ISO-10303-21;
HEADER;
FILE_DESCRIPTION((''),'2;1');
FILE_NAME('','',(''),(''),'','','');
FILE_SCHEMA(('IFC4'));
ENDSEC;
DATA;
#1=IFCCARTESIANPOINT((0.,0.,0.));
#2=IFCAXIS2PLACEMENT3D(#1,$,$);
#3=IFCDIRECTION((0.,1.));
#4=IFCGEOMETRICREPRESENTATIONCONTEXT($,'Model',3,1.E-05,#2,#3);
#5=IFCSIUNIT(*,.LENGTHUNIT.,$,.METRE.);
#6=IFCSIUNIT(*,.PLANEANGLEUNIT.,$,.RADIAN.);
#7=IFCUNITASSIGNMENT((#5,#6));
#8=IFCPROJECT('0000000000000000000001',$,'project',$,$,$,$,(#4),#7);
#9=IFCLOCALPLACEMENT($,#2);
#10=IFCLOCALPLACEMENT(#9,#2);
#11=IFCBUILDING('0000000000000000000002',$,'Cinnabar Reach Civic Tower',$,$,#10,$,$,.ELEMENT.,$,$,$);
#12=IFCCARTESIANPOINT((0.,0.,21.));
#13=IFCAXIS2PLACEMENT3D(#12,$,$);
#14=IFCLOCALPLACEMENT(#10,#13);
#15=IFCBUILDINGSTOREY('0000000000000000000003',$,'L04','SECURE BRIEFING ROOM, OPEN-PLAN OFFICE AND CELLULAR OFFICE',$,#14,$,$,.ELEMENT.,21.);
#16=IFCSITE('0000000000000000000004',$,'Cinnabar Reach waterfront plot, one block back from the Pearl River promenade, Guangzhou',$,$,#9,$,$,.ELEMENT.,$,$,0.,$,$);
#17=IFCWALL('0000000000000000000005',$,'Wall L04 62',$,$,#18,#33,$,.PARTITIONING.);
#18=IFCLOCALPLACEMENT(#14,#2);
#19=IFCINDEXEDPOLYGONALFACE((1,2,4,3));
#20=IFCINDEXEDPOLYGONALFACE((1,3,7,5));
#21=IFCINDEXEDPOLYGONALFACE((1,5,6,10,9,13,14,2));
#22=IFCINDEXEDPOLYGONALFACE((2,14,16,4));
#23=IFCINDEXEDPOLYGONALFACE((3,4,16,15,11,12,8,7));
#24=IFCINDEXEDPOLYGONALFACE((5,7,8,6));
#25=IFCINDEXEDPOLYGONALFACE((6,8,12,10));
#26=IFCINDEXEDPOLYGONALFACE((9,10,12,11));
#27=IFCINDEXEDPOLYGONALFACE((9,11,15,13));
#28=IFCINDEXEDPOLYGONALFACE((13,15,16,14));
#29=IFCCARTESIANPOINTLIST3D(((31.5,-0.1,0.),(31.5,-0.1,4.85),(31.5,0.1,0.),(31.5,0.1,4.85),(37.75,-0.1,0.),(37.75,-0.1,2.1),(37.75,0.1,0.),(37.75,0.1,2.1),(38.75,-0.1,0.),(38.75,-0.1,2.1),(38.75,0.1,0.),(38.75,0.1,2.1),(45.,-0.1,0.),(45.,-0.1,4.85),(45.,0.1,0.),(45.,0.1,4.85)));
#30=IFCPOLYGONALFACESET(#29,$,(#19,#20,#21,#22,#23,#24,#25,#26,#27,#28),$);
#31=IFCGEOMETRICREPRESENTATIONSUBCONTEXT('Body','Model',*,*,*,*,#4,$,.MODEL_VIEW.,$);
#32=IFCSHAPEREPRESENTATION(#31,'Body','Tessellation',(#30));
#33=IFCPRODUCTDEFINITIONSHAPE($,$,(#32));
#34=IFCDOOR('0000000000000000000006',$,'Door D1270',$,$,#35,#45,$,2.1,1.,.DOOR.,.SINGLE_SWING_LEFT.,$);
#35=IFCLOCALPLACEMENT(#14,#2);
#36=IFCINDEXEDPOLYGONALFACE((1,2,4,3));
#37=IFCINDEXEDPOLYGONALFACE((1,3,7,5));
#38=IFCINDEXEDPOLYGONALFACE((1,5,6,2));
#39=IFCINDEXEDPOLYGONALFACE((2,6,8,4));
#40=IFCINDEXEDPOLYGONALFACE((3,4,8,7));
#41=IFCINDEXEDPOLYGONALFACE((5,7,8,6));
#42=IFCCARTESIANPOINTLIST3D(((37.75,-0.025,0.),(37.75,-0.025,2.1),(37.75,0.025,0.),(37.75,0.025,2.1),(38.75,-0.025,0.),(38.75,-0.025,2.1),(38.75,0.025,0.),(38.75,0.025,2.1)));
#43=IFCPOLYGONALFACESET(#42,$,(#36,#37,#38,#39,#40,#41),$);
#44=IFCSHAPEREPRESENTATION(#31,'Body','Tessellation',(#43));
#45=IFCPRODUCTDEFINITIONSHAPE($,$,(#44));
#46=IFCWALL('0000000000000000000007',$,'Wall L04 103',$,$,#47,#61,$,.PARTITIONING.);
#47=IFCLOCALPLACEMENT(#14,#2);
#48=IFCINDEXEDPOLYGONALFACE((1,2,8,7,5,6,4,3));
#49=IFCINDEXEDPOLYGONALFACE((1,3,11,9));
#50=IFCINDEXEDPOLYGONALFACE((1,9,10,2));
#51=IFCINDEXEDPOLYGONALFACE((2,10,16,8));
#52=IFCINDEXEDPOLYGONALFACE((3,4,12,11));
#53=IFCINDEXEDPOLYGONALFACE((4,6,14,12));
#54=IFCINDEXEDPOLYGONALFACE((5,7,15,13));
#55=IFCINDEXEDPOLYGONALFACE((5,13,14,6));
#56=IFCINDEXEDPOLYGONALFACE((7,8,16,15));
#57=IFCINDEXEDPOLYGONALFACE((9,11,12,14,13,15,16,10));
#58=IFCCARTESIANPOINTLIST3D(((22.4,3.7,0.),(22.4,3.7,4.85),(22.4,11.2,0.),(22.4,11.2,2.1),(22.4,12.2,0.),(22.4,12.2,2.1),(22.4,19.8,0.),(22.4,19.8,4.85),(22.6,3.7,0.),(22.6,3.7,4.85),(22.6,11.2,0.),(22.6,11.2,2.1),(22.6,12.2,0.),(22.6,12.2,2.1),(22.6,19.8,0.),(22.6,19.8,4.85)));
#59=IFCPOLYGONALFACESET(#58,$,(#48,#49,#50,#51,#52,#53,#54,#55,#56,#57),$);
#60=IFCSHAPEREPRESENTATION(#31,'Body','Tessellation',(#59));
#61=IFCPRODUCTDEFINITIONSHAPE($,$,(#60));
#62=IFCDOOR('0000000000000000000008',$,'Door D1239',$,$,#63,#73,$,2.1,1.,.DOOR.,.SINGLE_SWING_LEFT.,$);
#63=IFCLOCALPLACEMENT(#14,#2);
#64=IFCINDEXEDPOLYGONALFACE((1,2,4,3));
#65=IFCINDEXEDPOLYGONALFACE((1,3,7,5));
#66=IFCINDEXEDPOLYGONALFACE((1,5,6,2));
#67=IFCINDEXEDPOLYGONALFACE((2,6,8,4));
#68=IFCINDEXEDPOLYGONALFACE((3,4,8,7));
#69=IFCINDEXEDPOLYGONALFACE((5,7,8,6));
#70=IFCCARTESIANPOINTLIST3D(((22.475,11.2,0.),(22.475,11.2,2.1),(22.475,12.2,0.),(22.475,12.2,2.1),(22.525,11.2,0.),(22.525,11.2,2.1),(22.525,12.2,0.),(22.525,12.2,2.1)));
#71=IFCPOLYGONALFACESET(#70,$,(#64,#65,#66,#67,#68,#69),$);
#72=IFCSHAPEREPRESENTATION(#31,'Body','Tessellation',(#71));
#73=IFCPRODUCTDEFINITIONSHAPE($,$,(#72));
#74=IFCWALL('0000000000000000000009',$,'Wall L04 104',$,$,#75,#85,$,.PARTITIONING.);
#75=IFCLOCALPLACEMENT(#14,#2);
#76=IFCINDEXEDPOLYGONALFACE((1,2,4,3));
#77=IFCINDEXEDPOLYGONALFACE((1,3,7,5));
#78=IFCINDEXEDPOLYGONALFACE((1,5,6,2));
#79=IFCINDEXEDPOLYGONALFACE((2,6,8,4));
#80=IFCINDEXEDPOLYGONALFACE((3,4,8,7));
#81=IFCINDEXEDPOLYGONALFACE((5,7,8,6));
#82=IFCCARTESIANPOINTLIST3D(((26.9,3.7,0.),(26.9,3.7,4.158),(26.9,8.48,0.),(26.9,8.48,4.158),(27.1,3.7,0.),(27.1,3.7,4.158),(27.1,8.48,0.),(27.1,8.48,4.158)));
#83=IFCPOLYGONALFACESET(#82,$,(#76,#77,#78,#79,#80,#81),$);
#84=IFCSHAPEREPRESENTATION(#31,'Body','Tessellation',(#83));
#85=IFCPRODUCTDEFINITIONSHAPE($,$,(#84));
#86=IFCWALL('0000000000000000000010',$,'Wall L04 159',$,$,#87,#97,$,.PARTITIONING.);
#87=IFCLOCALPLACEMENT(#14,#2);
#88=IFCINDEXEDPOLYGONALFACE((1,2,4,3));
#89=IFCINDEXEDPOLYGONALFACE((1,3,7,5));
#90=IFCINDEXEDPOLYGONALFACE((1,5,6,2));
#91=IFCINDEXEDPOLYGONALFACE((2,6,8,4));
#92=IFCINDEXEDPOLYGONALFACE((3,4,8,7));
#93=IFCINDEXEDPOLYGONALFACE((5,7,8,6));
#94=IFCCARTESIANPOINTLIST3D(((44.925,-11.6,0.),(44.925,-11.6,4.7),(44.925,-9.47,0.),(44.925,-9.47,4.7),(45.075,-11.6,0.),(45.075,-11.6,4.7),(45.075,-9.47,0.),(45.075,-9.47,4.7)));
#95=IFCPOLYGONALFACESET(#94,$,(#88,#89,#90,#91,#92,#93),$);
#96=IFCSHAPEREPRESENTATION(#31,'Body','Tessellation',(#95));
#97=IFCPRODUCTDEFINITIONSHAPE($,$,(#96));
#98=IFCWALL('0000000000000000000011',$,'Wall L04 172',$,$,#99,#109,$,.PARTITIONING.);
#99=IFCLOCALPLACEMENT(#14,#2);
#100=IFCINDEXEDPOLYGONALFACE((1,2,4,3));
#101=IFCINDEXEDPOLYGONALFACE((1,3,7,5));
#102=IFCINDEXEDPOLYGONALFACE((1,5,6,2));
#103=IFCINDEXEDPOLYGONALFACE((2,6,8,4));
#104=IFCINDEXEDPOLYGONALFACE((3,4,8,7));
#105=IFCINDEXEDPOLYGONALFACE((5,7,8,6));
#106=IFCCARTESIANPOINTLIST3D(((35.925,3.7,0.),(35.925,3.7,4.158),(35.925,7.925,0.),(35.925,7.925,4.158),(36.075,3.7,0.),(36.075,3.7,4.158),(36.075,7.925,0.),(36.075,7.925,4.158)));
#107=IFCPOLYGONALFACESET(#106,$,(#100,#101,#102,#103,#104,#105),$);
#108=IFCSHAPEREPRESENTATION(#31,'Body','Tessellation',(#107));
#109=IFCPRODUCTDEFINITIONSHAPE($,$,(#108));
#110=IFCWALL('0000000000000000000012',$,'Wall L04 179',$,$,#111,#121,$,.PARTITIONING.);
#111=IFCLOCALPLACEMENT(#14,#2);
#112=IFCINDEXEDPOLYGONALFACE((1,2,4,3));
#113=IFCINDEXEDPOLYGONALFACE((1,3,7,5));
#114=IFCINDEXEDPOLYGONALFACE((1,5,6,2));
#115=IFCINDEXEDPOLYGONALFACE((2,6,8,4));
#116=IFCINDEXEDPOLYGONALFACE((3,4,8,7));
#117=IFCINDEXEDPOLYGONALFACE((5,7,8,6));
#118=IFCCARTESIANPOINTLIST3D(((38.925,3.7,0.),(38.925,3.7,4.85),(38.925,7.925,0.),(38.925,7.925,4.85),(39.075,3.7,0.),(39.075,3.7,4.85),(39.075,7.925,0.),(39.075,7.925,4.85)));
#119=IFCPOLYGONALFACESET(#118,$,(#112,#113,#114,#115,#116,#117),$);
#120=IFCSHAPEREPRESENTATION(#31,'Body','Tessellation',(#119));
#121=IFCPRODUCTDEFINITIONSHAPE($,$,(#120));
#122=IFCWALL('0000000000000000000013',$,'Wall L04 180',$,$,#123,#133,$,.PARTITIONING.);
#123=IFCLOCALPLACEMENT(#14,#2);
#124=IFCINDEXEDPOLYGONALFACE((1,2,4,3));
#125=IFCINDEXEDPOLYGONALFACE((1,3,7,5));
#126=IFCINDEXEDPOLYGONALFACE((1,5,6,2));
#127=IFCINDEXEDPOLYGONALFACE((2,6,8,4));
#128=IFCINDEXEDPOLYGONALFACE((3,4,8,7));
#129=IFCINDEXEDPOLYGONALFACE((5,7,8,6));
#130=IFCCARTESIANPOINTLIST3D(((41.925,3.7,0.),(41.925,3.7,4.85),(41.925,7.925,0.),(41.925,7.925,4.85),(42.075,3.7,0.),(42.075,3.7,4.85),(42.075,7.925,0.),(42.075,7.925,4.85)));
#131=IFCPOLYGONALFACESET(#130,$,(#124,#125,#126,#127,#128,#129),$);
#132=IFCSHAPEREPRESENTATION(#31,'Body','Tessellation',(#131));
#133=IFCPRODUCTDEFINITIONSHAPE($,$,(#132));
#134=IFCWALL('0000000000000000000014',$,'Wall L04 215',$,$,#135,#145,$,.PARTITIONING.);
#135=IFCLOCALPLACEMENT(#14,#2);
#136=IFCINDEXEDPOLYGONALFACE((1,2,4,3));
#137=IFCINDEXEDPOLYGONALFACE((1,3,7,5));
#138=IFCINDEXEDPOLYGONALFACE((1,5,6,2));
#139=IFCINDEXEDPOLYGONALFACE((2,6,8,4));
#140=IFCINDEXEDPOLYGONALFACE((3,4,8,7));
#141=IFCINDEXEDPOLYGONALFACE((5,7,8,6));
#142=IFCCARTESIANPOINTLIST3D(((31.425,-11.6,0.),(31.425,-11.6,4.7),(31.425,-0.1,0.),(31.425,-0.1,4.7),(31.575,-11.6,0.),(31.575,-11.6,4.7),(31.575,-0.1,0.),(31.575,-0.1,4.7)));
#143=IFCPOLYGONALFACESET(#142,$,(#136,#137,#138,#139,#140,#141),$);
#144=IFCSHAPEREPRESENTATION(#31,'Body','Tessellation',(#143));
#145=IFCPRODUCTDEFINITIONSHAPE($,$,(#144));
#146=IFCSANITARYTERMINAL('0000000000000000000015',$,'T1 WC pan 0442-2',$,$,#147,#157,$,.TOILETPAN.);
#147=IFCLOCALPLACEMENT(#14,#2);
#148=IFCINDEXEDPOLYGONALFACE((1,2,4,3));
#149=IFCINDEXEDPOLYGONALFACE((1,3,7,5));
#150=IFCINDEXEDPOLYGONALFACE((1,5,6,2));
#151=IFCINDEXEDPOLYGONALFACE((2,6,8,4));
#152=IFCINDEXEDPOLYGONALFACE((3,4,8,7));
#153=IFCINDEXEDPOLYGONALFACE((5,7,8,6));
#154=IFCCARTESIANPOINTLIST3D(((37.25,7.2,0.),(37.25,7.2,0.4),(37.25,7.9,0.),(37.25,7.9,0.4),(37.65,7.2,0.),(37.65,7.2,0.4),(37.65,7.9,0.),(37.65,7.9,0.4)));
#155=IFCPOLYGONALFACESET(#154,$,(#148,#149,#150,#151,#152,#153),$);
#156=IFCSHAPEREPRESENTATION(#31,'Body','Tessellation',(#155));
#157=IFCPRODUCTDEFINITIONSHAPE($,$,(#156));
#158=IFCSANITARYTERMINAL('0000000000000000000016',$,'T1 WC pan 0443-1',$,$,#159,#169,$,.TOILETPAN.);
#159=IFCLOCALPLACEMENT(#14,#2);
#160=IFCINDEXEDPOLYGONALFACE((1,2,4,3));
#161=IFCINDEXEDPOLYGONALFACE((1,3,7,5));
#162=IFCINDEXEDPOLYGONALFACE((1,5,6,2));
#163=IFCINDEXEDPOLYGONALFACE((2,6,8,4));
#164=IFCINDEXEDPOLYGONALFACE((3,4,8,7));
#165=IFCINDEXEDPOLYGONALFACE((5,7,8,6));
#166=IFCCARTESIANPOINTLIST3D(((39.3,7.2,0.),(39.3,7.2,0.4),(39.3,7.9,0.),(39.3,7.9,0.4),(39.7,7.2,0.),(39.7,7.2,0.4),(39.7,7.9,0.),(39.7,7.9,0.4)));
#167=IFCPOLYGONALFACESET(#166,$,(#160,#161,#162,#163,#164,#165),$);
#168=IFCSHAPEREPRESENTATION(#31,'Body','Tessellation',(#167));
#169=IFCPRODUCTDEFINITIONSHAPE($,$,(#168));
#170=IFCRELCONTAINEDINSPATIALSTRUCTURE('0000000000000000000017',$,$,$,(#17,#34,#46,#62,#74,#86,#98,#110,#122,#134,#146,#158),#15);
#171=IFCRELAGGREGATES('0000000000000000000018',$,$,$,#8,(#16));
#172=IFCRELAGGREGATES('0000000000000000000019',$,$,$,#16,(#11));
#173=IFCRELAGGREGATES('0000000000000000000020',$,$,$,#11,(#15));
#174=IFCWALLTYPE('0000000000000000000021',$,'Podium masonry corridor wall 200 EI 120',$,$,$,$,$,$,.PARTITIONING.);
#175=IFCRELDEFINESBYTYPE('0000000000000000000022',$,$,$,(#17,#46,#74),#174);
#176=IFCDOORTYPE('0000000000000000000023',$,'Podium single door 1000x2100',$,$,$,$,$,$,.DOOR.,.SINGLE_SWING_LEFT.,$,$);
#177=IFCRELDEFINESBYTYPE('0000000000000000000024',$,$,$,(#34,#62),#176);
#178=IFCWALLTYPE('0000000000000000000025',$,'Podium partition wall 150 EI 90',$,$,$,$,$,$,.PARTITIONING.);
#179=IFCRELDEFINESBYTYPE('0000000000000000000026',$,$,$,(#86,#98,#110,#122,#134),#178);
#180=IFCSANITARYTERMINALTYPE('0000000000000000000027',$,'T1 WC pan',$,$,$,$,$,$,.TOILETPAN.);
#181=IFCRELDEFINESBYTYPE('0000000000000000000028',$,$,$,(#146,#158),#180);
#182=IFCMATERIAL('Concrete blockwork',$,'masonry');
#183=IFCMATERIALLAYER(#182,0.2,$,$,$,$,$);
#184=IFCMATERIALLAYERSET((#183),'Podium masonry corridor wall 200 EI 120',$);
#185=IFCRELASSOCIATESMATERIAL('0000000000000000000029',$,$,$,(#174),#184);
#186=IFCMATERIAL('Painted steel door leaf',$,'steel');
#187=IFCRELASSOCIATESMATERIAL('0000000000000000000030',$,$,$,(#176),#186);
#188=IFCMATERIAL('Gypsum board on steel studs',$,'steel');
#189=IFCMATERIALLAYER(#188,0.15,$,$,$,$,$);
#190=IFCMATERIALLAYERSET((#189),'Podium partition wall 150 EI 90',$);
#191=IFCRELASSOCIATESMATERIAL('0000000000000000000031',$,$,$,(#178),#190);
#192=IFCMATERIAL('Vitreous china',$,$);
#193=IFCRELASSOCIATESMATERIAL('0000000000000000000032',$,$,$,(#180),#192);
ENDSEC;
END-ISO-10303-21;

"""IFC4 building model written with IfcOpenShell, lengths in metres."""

from ifc_helpers import new_model, si_unit, direction, frame, frame_2d, origin, origin_2d, place, context, subcontext, project, spatial, rectangle, extrude, material, layer, layer_set, type_object, element, fill, save


model = new_model("IFC4")

# Units and contexts
model_context = context("Model", 3, precision=1e-05, world=origin(), true_north=direction((0.0, 1.0)))
body_context = subcontext(model_context, "Body", "Model", "MODEL_VIEW")
ifc_project = project(units=[si_unit("LENGTHUNIT", "METRE"), si_unit("PLANEANGLEUNIT", "RADIAN")], contexts=[model_context])

# Site, building, storey
site_placement = place(None, origin())
site = spatial("IfcSite", under=ifc_project, at=site_placement, Name="Cinnabar Reach waterfront plot, one block back from the Pearl River promenade, Guangzhou", CompositionType="ELEMENT", RefElevation=0.0)
building_placement = place(site_placement, origin())
building = spatial("IfcBuilding", under=site, at=building_placement, Name="Cinnabar Reach Civic Tower", CompositionType="ELEMENT")
storey_placement = place(building_placement, frame((0.0, 0.0, 21.0)))
storey = spatial("IfcBuildingStorey", under=building, at=storey_placement, Name="L04", Description="SECURE BRIEFING ROOM, OPEN-PLAN OFFICE AND CELLULAR OFFICE", CompositionType="ELEMENT", Elevation=21.0)

# Shared definitions
ifc_material_1 = material(Name="Concrete blockwork", Category="masonry")
ifc_layer_1 = layer(ifc_material_1, 0.2)
ifc_layer_set_1 = layer_set([ifc_layer_1], Name="Podium masonry corridor wall 200 EI 120")
wall_type_1 = type_object("IfcWallType", Name="Podium masonry corridor wall 200 EI 120", PredefinedType="PARTITIONING", material=ifc_layer_set_1)

# Walls, openings, doors
ifc_material_2 = material(Name="Painted steel door leaf", Category="steel")
door_type = type_object("IfcDoorType", Name="Podium single door 1000x2100", OperationType="SINGLE_SWING_LEFT", PredefinedType="DOOR", material=ifc_material_2)
wall_1_placement = place(storey_placement, frame((31.5, 0.0, 0.0), z_axis=(0.0, 0.0, 1.0), x_axis=(1.0, 0.0, 0.0)))
wall_1 = element("IfcWall", 1, at=wall_1_placement, inside=storey, type_object=wall_type_1, Name="Wall L04 62", PredefinedType="PARTITIONING", context=body_context, shape_type="SweptSolid", body=[
    extrude(rectangle(XDim=13.5, YDim=0.2, at=frame_2d((6.75, 0.0))), origin(), (0.0, 0.0, 1.0), 4.85),
])
opening_1_placement = place(wall_1_placement, frame((6.25, 0.0, 0.0)))
opening_1 = element("IfcOpeningElement", 2, at=opening_1_placement, cuts=wall_1, PredefinedType="OPENING", context=body_context, shape_type="SweptSolid", body=[
    extrude(rectangle(XDim=1.0, YDim=2.1, at=frame_2d((0.5, 1.05))), frame((0.0, 0.11, 0.0), z_axis=(0.0, -1.0, 0.0), x_axis=(1.0, 0.0, 0.0)), (0.0, 0.0, 1.0), 0.22),
])
door_1_placement = place(opening_1_placement, frame((1.0, 0.0, 0.0), z_axis=(0.0, 0.0, 1.0), x_axis=(-1.0, 0.0, 0.0)))
door_1 = element("IfcDoor", 3, at=door_1_placement, inside=storey, type_object=door_type, Name="Door D1270", OperationType="SINGLE_SWING_LEFT", OverallHeight=2.1, OverallWidth=1.0, PredefinedType="DOOR", context=body_context, shape_type="SweptSolid", body=[
    extrude(rectangle(XDim=1.0, YDim=2.1, at=frame_2d((0.5, 1.05))), frame((0.0, 0.025, 0.0), z_axis=(0.0, -1.0, 0.0), x_axis=(1.0, 0.0, 0.0)), (0.0, 0.0, 1.0), 0.05),
])
fill(opening_1, door_1)
wall_2_placement = place(storey_placement, frame((22.5, 3.7, 0.0), z_axis=(0.0, 0.0, 1.0), x_axis=(0.0, 1.0, 0.0)))
wall_2 = element("IfcWall", 4, at=wall_2_placement, inside=storey, type_object=wall_type_1, Name="Wall L04 103", PredefinedType="PARTITIONING", context=body_context, shape_type="SweptSolid", body=[
    extrude(rectangle(XDim=16.1, YDim=0.2, at=frame_2d((8.05, 0.0))), origin(), (0.0, 0.0, 1.0), 4.85),
])
opening_2_placement = place(wall_2_placement, frame((7.5, 0.0, 0.0)))
opening_2 = element("IfcOpeningElement", 5, at=opening_2_placement, cuts=wall_2, PredefinedType="OPENING", context=body_context, shape_type="SweptSolid", body=[
    extrude(rectangle(XDim=1.0, YDim=2.1, at=frame_2d((0.5, 1.05))), frame((0.0, 0.11, 0.0), z_axis=(0.0, -1.0, 0.0), x_axis=(1.0, 0.0, 0.0)), (0.0, 0.0, 1.0), 0.22),
])
door_2_placement = place(opening_2_placement, origin())
door_2 = element("IfcDoor", 6, at=door_2_placement, inside=storey, type_object=door_type, Name="Door D1239", OperationType="SINGLE_SWING_LEFT", OverallHeight=2.1, OverallWidth=1.0, PredefinedType="DOOR", context=body_context, shape_type="SweptSolid", body=[
    extrude(rectangle(XDim=1.0, YDim=2.1, at=frame_2d((0.5, 1.05))), frame((0.0, 0.025, 0.0), z_axis=(0.0, -1.0, 0.0), x_axis=(1.0, 0.0, 0.0)), (0.0, 0.0, 1.0), 0.05),
])
fill(opening_2, door_2)

# Walls
wall_3_placement = place(storey_placement, frame((27.0, 3.7, 0.0), z_axis=(0.0, 0.0, 1.0), x_axis=(0.0, 1.0, 0.0)))
element("IfcWall", 7, at=wall_3_placement, inside=storey, type_object=wall_type_1, Name="Wall L04 104", PredefinedType="PARTITIONING", context=body_context, shape_type="SweptSolid", body=[
    extrude(rectangle(XDim=4.78, YDim=0.2, at=frame_2d((2.39, 0.0))), origin(), (0.0, 0.0, 1.0), 4.158),
])
ifc_material_3 = material(Name="Gypsum board on steel studs", Category="steel")
ifc_layer_2 = layer(ifc_material_3, 0.15)
ifc_layer_set_2 = layer_set([ifc_layer_2], Name="Podium partition wall 150 EI 90")
wall_type_2 = type_object("IfcWallType", Name="Podium partition wall 150 EI 90", PredefinedType="PARTITIONING", material=ifc_layer_set_2)
wall_4_placement = place(storey_placement, frame((45.0, -11.6, 0.0), z_axis=(0.0, 0.0, 1.0), x_axis=(0.0, 1.0, 0.0)))
element("IfcWall", 8, at=wall_4_placement, inside=storey, type_object=wall_type_2, Name="Wall L04 159", PredefinedType="PARTITIONING", context=body_context, shape_type="SweptSolid", body=[
    extrude(rectangle(XDim=2.13, YDim=0.15, at=frame_2d((1.065, 0.0))), origin(), (0.0, 0.0, 1.0), 4.7),
])
wall_5_placement = place(storey_placement, frame((36.0, 3.7, 0.0), z_axis=(0.0, 0.0, 1.0), x_axis=(0.0, 1.0, 0.0)))
element("IfcWall", 9, at=wall_5_placement, inside=storey, type_object=wall_type_2, Name="Wall L04 172", PredefinedType="PARTITIONING", context=body_context, shape_type="SweptSolid", body=[
    extrude(rectangle(XDim=4.225, YDim=0.15, at=frame_2d((2.1125, 0.0))), origin(), (0.0, 0.0, 1.0), 4.158),
])
for number, where, z_axis, x_axis, name in (
    (10, (39.0, 3.7, 0.0), (0.0, 0.0, 1.0), (0.0, 1.0, 0.0), "Wall L04 179"),
    (11, (42.0, 3.7, 0.0), (0.0, 0.0, 1.0), (0.0, 1.0, 0.0), "Wall L04 180"),
):
    element("IfcWall", number, at=place(storey_placement, frame(where, z_axis=z_axis, x_axis=x_axis)), inside=storey, type_object=wall_type_2, Name=name, PredefinedType="PARTITIONING", context=body_context, shape_type="SweptSolid", body=[
        extrude(rectangle(XDim=4.225, YDim=0.15, at=frame_2d((2.1125, 0.0))), origin(), (0.0, 0.0, 1.0), 4.85),
    ])
wall_6_placement = place(storey_placement, frame((31.5, -11.6, 0.0), z_axis=(0.0, 0.0, 1.0), x_axis=(0.0, 1.0, 0.0)))
element("IfcWall", 12, at=wall_6_placement, inside=storey, type_object=wall_type_2, Name="Wall L04 215", PredefinedType="PARTITIONING", context=body_context, shape_type="SweptSolid", body=[
    extrude(rectangle(XDim=11.5, YDim=0.15, at=frame_2d((5.75, 0.0))), origin(), (0.0, 0.0, 1.0), 4.7),
])

# Sanitary terminals
ifc_material_4 = material(Name="Vitreous china")
sanitary_terminal_type = type_object("IfcSanitaryTerminalType", Name="T1 WC pan", PredefinedType="TOILETPAN", material=ifc_material_4)
for number, where, z_axis, x_axis, name in (
    (13, (37.45, 7.55, 0.0), (0.0, 0.0, 1.0), (1.0, 0.0, 0.0), "T1 WC pan 0442-2"),
    (14, (39.5, 7.55, 0.0), (0.0, 0.0, 1.0), (1.0, 0.0, 0.0), "T1 WC pan 0443-1"),
):
    element("IfcSanitaryTerminal", number, at=place(storey_placement, frame(where, z_axis=z_axis, x_axis=x_axis)), inside=storey, type_object=sanitary_terminal_type, Name=name, PredefinedType="TOILETPAN", context=body_context, shape_type="SweptSolid", body=[
        extrude(rectangle(XDim=0.4, YDim=0.7, at=origin_2d()), origin(), (0.0, 0.0, 1.0), 0.4),
    ])

save(model, "model.ifc")
